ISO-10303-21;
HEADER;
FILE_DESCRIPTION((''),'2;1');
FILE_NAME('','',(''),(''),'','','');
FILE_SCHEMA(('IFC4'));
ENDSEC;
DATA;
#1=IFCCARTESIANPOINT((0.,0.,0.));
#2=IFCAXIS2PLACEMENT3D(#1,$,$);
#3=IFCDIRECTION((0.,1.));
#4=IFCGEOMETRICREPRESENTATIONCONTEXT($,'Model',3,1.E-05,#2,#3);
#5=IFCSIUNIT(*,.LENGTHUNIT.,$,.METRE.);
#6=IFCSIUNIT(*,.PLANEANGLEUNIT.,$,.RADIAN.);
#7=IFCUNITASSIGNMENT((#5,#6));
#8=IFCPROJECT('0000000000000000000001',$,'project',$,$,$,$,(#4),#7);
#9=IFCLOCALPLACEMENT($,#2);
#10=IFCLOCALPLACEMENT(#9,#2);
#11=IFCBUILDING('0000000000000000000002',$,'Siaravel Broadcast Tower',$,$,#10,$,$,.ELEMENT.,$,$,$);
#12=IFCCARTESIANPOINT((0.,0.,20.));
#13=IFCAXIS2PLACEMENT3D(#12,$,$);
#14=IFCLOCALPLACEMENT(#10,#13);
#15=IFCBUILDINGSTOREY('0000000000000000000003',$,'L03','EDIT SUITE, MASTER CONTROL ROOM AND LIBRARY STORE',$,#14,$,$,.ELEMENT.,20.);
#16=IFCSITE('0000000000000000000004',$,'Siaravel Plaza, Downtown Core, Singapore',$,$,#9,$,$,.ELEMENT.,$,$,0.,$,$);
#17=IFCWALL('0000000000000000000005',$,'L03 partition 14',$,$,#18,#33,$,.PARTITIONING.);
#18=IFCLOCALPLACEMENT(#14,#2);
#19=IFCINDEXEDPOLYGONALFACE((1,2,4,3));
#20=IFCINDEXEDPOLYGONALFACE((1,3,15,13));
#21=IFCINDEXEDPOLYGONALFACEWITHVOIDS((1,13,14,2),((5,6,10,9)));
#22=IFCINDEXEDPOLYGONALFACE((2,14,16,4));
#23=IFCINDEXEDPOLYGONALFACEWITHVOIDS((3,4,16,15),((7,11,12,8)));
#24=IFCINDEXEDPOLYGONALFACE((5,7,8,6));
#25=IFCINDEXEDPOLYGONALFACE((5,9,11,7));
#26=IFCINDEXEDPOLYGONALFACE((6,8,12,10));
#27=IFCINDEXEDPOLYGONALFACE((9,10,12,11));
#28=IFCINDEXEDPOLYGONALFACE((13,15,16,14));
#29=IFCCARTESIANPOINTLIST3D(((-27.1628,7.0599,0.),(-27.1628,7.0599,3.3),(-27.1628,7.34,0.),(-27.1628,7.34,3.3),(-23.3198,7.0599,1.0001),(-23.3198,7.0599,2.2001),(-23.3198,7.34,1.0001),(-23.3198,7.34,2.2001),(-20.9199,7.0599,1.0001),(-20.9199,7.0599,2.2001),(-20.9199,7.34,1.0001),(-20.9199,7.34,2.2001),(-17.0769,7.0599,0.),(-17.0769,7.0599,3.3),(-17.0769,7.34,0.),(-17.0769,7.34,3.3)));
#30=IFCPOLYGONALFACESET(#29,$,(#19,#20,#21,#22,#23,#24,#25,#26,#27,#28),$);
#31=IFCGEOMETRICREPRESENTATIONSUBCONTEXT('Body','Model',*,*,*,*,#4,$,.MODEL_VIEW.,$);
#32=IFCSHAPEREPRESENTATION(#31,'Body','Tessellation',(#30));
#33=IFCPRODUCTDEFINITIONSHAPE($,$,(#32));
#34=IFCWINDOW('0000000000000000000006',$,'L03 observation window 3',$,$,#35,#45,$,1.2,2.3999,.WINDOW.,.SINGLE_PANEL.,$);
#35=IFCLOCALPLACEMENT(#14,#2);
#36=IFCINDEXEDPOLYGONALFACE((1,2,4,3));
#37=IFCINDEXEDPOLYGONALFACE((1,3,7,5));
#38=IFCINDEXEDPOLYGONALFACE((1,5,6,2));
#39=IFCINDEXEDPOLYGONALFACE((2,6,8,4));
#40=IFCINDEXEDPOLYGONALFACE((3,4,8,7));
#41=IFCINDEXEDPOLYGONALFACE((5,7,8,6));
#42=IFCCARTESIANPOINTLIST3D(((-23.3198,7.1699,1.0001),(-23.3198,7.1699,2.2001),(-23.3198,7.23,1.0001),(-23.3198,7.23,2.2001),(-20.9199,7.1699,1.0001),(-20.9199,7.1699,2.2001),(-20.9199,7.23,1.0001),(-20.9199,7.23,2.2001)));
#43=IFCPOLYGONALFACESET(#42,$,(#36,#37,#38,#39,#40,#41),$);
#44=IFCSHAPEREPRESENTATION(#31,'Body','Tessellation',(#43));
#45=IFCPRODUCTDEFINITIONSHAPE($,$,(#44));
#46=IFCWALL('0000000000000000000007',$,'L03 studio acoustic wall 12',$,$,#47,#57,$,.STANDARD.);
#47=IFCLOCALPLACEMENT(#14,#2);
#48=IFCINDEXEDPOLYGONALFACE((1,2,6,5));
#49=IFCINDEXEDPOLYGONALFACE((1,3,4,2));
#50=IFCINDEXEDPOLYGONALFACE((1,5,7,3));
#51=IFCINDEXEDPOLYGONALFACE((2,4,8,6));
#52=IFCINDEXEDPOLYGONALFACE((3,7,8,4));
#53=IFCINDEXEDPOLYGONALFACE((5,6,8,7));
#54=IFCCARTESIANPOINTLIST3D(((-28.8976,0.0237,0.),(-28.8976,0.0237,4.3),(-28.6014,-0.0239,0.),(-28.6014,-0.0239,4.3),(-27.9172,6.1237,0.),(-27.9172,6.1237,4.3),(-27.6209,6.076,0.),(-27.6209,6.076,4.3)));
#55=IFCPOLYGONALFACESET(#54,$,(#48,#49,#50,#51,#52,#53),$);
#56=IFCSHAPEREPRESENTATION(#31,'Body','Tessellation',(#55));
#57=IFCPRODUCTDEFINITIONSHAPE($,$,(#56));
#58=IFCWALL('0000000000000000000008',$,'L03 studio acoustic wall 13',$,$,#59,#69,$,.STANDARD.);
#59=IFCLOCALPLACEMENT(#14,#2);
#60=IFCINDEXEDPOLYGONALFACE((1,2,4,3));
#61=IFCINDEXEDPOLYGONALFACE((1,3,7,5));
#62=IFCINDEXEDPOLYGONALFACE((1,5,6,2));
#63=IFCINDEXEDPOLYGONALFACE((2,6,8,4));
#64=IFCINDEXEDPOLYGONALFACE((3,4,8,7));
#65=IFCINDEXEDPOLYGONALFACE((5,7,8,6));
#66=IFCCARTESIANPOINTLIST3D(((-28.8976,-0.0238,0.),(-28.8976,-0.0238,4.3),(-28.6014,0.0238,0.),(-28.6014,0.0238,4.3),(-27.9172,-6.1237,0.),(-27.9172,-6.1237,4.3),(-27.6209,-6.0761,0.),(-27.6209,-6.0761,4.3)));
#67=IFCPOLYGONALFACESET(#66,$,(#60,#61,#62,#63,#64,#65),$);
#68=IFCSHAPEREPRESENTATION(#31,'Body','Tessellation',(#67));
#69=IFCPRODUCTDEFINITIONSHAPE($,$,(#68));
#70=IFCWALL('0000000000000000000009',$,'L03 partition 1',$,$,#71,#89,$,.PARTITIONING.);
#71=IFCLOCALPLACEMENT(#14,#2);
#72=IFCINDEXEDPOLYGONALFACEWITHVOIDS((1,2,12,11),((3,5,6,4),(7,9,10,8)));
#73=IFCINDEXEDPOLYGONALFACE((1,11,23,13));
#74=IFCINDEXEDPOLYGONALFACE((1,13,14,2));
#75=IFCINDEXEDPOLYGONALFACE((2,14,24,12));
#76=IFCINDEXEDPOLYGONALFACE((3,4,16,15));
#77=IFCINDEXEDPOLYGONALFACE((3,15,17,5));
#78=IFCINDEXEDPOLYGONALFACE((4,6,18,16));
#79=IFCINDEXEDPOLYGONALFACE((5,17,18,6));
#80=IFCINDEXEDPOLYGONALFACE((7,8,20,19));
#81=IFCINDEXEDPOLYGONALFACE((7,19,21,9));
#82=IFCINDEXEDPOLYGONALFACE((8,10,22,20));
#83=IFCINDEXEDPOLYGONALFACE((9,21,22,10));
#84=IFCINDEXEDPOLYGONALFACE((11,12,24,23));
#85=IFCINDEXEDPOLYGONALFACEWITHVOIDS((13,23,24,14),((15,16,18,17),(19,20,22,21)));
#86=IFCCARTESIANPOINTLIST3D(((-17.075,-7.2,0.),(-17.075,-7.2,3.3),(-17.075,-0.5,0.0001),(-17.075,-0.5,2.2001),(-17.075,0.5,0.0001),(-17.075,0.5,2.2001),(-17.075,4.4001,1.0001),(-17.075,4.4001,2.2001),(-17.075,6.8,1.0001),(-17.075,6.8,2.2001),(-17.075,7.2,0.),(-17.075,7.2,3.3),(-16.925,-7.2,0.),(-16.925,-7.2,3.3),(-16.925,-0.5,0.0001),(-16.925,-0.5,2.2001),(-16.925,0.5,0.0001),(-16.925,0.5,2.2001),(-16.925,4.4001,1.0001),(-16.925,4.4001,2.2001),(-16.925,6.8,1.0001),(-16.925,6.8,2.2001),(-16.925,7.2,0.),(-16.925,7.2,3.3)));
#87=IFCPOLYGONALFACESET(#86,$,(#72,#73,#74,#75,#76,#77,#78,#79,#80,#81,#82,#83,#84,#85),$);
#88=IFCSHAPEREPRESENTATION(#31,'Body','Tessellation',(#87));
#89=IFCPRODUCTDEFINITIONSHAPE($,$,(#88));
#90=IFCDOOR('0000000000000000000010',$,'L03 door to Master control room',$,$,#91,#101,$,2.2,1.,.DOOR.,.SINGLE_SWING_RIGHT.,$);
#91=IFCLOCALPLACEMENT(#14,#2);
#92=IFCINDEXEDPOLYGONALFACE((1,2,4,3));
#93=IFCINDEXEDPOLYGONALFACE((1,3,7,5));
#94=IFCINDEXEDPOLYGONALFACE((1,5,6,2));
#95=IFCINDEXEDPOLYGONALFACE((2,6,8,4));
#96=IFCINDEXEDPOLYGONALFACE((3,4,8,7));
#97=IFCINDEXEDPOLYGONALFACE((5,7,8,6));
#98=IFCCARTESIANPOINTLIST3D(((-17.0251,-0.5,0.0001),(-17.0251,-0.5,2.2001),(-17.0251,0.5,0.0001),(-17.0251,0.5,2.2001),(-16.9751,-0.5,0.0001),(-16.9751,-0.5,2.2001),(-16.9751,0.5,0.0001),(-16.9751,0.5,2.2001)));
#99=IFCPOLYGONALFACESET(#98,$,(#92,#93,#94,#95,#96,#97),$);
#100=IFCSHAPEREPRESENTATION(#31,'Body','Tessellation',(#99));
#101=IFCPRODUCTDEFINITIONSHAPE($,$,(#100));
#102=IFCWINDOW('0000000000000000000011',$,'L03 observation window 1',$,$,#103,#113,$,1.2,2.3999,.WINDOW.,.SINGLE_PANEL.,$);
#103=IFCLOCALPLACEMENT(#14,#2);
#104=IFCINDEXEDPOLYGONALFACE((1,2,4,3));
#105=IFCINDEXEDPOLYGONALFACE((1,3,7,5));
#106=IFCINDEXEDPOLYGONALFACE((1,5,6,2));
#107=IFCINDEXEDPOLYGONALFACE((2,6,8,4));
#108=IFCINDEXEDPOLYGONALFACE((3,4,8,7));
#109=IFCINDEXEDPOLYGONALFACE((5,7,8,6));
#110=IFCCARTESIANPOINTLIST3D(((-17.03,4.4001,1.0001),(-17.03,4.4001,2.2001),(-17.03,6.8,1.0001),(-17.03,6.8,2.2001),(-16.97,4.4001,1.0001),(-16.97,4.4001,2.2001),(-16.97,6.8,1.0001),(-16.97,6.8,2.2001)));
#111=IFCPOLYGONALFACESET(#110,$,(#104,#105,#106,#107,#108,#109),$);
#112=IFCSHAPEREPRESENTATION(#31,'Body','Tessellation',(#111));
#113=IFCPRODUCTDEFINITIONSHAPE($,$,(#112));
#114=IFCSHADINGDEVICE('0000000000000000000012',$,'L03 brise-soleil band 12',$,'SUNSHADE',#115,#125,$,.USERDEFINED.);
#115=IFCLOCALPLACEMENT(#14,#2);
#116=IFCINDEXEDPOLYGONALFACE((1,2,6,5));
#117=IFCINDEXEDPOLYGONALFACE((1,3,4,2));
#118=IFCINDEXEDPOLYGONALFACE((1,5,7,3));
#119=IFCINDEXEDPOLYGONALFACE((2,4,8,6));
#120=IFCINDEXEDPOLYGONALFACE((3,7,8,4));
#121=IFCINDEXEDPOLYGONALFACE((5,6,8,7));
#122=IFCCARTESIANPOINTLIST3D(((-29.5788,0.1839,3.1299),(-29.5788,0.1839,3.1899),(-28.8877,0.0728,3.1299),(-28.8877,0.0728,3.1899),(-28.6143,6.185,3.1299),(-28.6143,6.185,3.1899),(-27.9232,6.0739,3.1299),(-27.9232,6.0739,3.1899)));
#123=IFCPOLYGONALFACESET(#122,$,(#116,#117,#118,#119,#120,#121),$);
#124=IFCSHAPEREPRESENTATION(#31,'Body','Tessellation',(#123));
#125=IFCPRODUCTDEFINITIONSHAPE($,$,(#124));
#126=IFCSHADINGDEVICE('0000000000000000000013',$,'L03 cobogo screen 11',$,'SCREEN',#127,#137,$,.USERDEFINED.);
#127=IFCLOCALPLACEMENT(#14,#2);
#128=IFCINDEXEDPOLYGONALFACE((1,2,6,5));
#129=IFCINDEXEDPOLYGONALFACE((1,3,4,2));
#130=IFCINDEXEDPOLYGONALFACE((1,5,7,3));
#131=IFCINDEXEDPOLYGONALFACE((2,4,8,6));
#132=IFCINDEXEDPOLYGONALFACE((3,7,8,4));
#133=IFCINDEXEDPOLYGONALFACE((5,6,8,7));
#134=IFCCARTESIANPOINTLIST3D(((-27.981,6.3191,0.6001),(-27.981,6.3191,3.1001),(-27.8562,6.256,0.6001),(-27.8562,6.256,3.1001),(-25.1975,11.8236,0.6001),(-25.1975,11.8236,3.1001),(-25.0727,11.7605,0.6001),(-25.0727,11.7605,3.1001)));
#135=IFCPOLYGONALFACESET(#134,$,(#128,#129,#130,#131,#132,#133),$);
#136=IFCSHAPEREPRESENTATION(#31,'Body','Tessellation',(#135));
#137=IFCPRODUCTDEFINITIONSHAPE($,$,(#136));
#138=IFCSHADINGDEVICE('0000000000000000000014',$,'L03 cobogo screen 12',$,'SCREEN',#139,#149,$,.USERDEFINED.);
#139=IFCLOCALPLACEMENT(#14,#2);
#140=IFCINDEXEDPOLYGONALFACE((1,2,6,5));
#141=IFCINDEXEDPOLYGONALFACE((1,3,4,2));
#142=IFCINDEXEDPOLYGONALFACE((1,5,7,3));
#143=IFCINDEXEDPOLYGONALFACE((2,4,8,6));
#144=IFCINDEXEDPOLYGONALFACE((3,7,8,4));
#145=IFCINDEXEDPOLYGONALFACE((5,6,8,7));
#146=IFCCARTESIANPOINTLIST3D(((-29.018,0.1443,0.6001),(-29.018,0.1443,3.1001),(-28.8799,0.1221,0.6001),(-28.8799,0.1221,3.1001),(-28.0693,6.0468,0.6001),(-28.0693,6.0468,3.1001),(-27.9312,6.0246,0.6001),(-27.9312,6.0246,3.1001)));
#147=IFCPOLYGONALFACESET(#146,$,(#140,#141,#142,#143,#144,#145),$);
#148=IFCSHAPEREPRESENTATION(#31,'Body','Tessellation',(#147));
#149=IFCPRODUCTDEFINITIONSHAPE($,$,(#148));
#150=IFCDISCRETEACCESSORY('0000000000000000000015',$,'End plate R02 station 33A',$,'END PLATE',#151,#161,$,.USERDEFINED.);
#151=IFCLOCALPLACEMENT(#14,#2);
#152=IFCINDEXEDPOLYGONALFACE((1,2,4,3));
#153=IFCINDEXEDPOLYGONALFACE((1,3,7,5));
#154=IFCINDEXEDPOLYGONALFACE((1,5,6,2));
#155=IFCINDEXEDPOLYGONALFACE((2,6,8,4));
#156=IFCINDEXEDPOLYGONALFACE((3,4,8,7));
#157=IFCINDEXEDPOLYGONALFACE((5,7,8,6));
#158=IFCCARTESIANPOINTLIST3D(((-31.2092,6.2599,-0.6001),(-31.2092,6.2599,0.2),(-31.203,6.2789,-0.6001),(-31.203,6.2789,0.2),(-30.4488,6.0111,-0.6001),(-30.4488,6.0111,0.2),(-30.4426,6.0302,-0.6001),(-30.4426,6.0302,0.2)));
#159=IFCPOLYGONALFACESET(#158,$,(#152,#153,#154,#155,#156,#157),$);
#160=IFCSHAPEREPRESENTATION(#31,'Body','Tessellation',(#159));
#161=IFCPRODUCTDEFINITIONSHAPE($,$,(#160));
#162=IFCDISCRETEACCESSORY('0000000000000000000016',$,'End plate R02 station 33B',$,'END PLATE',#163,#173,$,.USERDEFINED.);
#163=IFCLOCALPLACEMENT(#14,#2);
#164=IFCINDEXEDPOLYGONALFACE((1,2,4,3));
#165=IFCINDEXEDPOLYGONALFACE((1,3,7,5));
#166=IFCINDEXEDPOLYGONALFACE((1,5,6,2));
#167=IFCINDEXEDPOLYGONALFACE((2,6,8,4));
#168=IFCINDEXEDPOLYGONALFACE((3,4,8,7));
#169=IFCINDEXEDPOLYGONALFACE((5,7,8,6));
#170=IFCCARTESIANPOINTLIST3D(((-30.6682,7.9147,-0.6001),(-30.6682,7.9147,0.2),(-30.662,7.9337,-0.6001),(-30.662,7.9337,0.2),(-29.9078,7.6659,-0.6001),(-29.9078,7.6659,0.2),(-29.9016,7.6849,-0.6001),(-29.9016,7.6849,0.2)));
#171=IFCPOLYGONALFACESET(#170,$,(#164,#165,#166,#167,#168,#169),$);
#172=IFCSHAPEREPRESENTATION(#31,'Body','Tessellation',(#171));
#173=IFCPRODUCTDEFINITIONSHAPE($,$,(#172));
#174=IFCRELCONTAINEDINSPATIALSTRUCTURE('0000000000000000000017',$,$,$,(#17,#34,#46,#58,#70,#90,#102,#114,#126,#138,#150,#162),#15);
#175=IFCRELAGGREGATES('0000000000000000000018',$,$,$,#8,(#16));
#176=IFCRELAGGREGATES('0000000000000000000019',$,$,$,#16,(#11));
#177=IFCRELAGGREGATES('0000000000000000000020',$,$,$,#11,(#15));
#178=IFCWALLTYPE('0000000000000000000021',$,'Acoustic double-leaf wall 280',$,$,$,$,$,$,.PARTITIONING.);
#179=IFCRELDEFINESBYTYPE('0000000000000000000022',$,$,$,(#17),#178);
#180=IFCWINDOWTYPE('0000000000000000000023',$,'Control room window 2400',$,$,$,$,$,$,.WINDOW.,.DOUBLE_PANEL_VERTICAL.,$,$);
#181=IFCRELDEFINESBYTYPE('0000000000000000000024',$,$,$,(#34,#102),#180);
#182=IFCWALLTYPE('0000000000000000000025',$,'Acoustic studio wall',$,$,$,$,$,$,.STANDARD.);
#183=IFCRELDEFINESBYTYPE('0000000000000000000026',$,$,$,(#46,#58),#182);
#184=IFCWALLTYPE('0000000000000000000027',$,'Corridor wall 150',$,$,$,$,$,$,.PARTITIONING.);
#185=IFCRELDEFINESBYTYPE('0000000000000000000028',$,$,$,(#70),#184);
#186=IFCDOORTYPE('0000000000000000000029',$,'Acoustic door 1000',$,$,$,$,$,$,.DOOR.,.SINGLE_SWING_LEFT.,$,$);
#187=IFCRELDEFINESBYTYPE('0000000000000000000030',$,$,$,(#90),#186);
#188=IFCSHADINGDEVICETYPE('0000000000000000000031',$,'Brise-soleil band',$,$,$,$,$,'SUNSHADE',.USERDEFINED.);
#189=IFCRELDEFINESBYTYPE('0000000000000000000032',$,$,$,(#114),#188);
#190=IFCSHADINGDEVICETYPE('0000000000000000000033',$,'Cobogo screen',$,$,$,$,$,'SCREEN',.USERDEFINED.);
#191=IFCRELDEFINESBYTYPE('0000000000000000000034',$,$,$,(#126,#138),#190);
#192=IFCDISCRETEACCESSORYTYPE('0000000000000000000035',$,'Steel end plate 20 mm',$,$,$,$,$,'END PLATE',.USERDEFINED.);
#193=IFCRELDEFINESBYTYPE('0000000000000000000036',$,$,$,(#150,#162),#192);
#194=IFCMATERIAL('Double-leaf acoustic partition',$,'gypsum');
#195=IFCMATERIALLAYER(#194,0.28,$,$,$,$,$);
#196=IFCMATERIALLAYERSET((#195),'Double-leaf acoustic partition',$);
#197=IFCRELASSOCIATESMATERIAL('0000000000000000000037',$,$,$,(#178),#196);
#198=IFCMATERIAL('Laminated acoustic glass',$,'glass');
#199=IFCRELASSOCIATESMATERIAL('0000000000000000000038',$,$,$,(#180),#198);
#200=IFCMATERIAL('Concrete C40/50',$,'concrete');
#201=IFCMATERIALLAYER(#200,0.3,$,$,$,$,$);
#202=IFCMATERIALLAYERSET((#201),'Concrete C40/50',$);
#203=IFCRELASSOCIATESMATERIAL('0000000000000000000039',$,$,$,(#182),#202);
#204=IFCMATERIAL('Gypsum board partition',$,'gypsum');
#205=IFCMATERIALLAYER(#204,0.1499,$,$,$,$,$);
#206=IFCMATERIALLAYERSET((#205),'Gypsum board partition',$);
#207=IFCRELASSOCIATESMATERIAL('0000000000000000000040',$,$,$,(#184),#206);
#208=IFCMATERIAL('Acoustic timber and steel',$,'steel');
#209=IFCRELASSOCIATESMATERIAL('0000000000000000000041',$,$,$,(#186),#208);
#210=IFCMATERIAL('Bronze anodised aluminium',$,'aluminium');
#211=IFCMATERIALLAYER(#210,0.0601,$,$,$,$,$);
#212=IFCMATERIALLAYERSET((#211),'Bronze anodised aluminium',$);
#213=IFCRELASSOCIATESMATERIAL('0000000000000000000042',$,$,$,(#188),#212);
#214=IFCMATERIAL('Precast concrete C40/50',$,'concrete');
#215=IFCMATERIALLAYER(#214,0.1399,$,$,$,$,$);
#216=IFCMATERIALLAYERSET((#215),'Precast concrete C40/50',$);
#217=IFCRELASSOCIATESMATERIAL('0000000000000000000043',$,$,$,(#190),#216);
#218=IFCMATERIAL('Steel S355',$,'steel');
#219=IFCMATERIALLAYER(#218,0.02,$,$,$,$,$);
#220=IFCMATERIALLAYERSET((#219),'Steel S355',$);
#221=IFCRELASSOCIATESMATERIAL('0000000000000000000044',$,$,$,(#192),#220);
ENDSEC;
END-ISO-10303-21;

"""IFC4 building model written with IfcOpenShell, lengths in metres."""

from ifc_helpers import new_model, si_unit, direction, frame, frame_2d, origin, origin_2d, place, context, subcontext, project, spatial, rectangle, extrude, material, layer, layer_set, type_object, element, fill, save


model = new_model("IFC4")

# Units and contexts
model_context = context("Model", 3, precision=1e-05, world=origin(), true_north=direction((0.0, 1.0)))
body_context = subcontext(model_context, "Body", "Model", "MODEL_VIEW")
ifc_project = project(units=[si_unit("LENGTHUNIT", "METRE"), si_unit("PLANEANGLEUNIT", "RADIAN")], contexts=[model_context])

# Site, building, storey
site_placement = place(None, origin())
site = spatial("IfcSite", under=ifc_project, at=site_placement, Name="Siaravel Plaza, Downtown Core, Singapore", CompositionType="ELEMENT", RefElevation=0.0)
building_placement = place(site_placement, origin())
building = spatial("IfcBuilding", under=site, at=building_placement, Name="Siaravel Broadcast Tower", CompositionType="ELEMENT")
storey_placement = place(building_placement, frame((0.0, 0.0, 20.0)))
storey = spatial("IfcBuildingStorey", under=building, at=storey_placement, Name="L03", Description="EDIT SUITE, MASTER CONTROL ROOM AND LIBRARY STORE", CompositionType="ELEMENT", Elevation=20.0)

# Shared definitions
ifc_material_1 = material(Name="Steel S355", Category="steel")

# Wall, opening, window
ifc_material_2 = material(Name="Double-leaf acoustic partition", Category="gypsum")
ifc_layer_1 = layer(ifc_material_2, 0.28)
ifc_layer_set_1 = layer_set([ifc_layer_1], Name="Double-leaf acoustic partition")
wall_type_1 = type_object("IfcWallType", Name="Acoustic double-leaf wall 280", PredefinedType="PARTITIONING", material=ifc_layer_set_1)
wall_1_placement = place(storey_placement, frame((-17.0769, 7.2, 0.0), z_axis=(0.0, 0.0, 1.0), x_axis=(-1.0, 0.0, 0.0)))
wall_1 = element("IfcWall", 1, at=wall_1_placement, inside=storey, type_object=wall_type_1, Name="L03 partition 14", PredefinedType="PARTITIONING", context=body_context, shape_type="SweptSolid", body=[
    extrude(rectangle(XDim=10.0859, YDim=0.28, at=frame_2d((5.043, 0.0))), origin(), (0.0, 0.0, 1.0), 3.3),
])
opening_1_placement = place(wall_1_placement, frame((3.843, 0.0, 1.0)))
opening_1 = element("IfcOpeningElement", 2, at=opening_1_placement, cuts=wall_1, PredefinedType="OPENING", context=body_context, shape_type="SweptSolid", body=[
    extrude(rectangle(XDim=2.3999, YDim=1.2, at=frame_2d((1.2, 0.6001))), frame((0.0, 0.1499, 0.0), z_axis=(0.0, -1.0, 0.0), x_axis=(1.0, 0.0, 0.0)), (0.0, 0.0, 1.0), 0.3),
])
ifc_material_3 = material(Name="Laminated acoustic glass", Category="glass")
window_type = type_object("IfcWindowType", Name="Control room window 2400", PartitioningType="DOUBLE_PANEL_VERTICAL", PredefinedType="WINDOW", material=ifc_material_3)
window_1_placement = place(opening_1_placement, origin())
window_1 = element("IfcWindow", 3, at=window_1_placement, inside=storey, type_object=window_type, Name="L03 observation window 3", OverallHeight=1.2, OverallWidth=2.3999, PartitioningType="SINGLE_PANEL", PredefinedType="WINDOW", context=body_context, shape_type="SweptSolid", body=[
    extrude(rectangle(XDim=2.3999, YDim=1.2, at=frame_2d((1.2, 0.6001))), frame((0.0, 0.03, 0.0), z_axis=(0.0, -1.0, 0.0), x_axis=(1.0, 0.0, 0.0)), (0.0, 0.0, 1.0), 0.0601),
])
fill(opening_1, window_1)

# Walls
ifc_material_4 = material(Name="Concrete C40/50", Category="concrete")
ifc_layer_2 = layer(ifc_material_4, 0.3)
ifc_layer_set_2 = layer_set([ifc_layer_2], Name="Concrete C40/50")
wall_type_2 = type_object("IfcWallType", Name="Acoustic studio wall", PredefinedType="STANDARD", material=ifc_layer_set_2)
for number, where, z_axis, x_axis, name in (
    (4, (-27.769, 6.0999, 0.0), (0.0, 0.0, 1.0), (-0.158699, -0.987327, 0.0), "L03 studio acoustic wall 12"),
    (5, (-28.7495, 0.0, 0.0), (0.0, 0.0, 1.0), (0.158699, -0.987327, 0.0), "L03 studio acoustic wall 13"),
):
    element("IfcWall", number, at=place(storey_placement, frame(where, z_axis=z_axis, x_axis=x_axis)), inside=storey, type_object=wall_type_2, Name=name, PredefinedType="STANDARD", context=body_context, shape_type="SweptSolid", body=[
        extrude(rectangle(XDim=6.1782, YDim=0.3, at=frame_2d((3.0891, 0.0))), origin(), (0.0, 0.0, 1.0), 4.3),
    ])

# Wall, openings, door, window
ifc_material_5 = material(Name="Gypsum board partition", Category="gypsum")
ifc_layer_3 = layer(ifc_material_5, 0.1499)
ifc_layer_set_3 = layer_set([ifc_layer_3], Name="Gypsum board partition")
wall_type_3 = type_object("IfcWallType", Name="Corridor wall 150", PredefinedType="PARTITIONING", material=ifc_layer_set_3)
wall_2_placement = place(storey_placement, frame((-17.0, 7.2, 0.0), z_axis=(0.0, 0.0, 1.0), x_axis=(0.0, -1.0, 0.0)))
wall_2 = element("IfcWall", 6, at=wall_2_placement, inside=storey, type_object=wall_type_3, Name="L03 partition 1", PredefinedType="PARTITIONING", context=body_context, shape_type="SweptSolid", body=[
    extrude(rectangle(XDim=14.3999, YDim=0.1499, at=frame_2d((7.2, 0.0))), origin(), (0.0, 0.0, 1.0), 3.3),
])
opening_2_placement = place(wall_2_placement, frame((6.7, 0.0, 0.0)))
opening_2 = element("IfcOpeningElement", 7, at=opening_2_placement, cuts=wall_2, PredefinedType="OPENING", context=body_context, shape_type="SweptSolid", body=[
    extrude(rectangle(XDim=1.0, YDim=2.2, at=frame_2d((0.5, 1.1001))), frame((0.0, 0.085, 0.0), z_axis=(0.0, -1.0, 0.0), x_axis=(1.0, 0.0, 0.0)), (0.0, 0.0, 1.0), 0.1699),
])
opening_3_placement = place(wall_2_placement, frame((0.3999, 0.0, 1.0)))
opening_3 = element("IfcOpeningElement", 8, at=opening_3_placement, cuts=wall_2, PredefinedType="OPENING", context=body_context, shape_type="SweptSolid", body=[
    extrude(rectangle(XDim=2.3999, YDim=1.2, at=frame_2d((1.2, 0.6001))), frame((0.0, 0.085, 0.0), z_axis=(0.0, -1.0, 0.0), x_axis=(1.0, 0.0, 0.0)), (0.0, 0.0, 1.0), 0.1699),
])
ifc_material_6 = material(Name="Acoustic timber and steel", Category="steel")
door_type = type_object("IfcDoorType", Name="Acoustic door 1000", OperationType="SINGLE_SWING_LEFT", PredefinedType="DOOR", material=ifc_material_6)
door_placement = place(opening_2_placement, origin())
door = element("IfcDoor", 9, at=door_placement, inside=storey, type_object=door_type, Name="L03 door to Master control room", OperationType="SINGLE_SWING_RIGHT", OverallHeight=2.2, OverallWidth=1.0, PredefinedType="DOOR", context=body_context, shape_type="SweptSolid", body=[
    extrude(rectangle(XDim=1.0, YDim=2.2, at=frame_2d((0.5, 1.1001))), frame((0.0, 0.0249, 0.0), z_axis=(0.0, -1.0, 0.0), x_axis=(1.0, 0.0, 0.0)), (0.0, 0.0, 1.0), 0.05),
])
fill(opening_2, door)
window_2_placement = place(opening_3_placement, origin())
window_2 = element("IfcWindow", 10, at=window_2_placement, inside=storey, type_object=window_type, Name="L03 observation window 1", OverallHeight=1.2, OverallWidth=2.3999, PartitioningType="SINGLE_PANEL", PredefinedType="WINDOW", context=body_context, shape_type="SweptSolid", body=[
    extrude(rectangle(XDim=2.3999, YDim=1.2, at=frame_2d((1.2, 0.6001))), frame((0.0, 0.03, 0.0), z_axis=(0.0, -1.0, 0.0), x_axis=(1.0, 0.0, 0.0)), (0.0, 0.0, 1.0), 0.0601),
])
fill(opening_3, window_2)

# Shading devices
ifc_material_7 = material(Name="Bronze anodised aluminium", Category="aluminium")
ifc_layer_4 = layer(ifc_material_7, 0.0601)
ifc_layer_set_4 = layer_set([ifc_layer_4], Name="Bronze anodised aluminium")
shading_device_type_1 = type_object("IfcShadingDeviceType", Name="Brise-soleil band", ElementType="SUNSHADE", PredefinedType="USERDEFINED", material=ifc_layer_set_4)
shading_device_1_placement = place(storey_placement, frame((-28.751, 3.1289, 3.1299), z_axis=(0.0, 0.0, 1.0), x_axis=(-0.158685, -0.987329, 0.0)))
element("IfcShadingDevice", 11, at=shading_device_1_placement, inside=storey, type_object=shading_device_type_1, Name="L03 brise-soleil band 12", ObjectType="SUNSHADE", PredefinedType="USERDEFINED", context=body_context, shape_type="SweptSolid", body=[
    extrude(rectangle(XDim=6.0781, YDim=0.7, at=origin_2d()), origin(), (0.0, 0.0, 1.0), 0.0601),
])
ifc_material_8 = material(Name="Precast concrete C40/50", Category="concrete")
ifc_layer_5 = layer(ifc_material_8, 0.1399)
ifc_layer_set_5 = layer_set([ifc_layer_5], Name="Precast concrete C40/50")
shading_device_type_2 = type_object("IfcShadingDeviceType", Name="Cobogo screen", ElementType="SCREEN", PredefinedType="USERDEFINED", material=ifc_layer_set_5)
shading_device_2_placement = place(storey_placement, frame((-26.5269, 9.0398, 0.6001), z_axis=(0.0, 0.0, 1.0), x_axis=(-0.451262, -0.892391, 0.0)))
element("IfcShadingDevice", 12, at=shading_device_2_placement, inside=storey, type_object=shading_device_type_2, Name="L03 cobogo screen 11", ObjectType="SCREEN", PredefinedType="USERDEFINED", context=body_context, shape_type="SweptSolid", body=[
    extrude(rectangle(XDim=6.1682, YDim=0.1399, at=origin_2d()), origin(), (0.0, 0.0, 1.0), 2.5),
])
shading_device_3_placement = place(storey_placement, frame((-28.4746, 3.0845, 0.6001), z_axis=(0.0, 0.0, 1.0), x_axis=(-0.158685, -0.987329, 0.0)))
element("IfcShadingDevice", 13, at=shading_device_3_placement, inside=storey, type_object=shading_device_type_2, Name="L03 cobogo screen 12", ObjectType="SCREEN", PredefinedType="USERDEFINED", context=body_context, shape_type="SweptSolid", body=[
    extrude(rectangle(XDim=5.9783, YDim=0.1399, at=origin_2d()), origin(), (0.0, 0.0, 1.0), 2.5),
])

# Discrete accessories
ifc_layer_6 = layer(ifc_material_1, 0.02)
ifc_layer_set_6 = layer_set([ifc_layer_6], Name="Steel S355")
discrete_accessory_type = type_object("IfcDiscreteAccessoryType", Name="Steel end plate 20 mm", ElementType="END PLATE", PredefinedType="USERDEFINED", material=ifc_layer_set_6)
for number, where, z_axis, x_axis, name in (
    (14, (-30.8259, 6.145, -0.6001), (0.0, 0.0, 1.0), (-0.310909, -0.95044, 0.0), "End plate R02 station 33A"),
    (15, (-30.2849, 7.7998, -0.6001), (0.0, 0.0, 1.0), (-0.310909, -0.95044, 0.0), "End plate R02 station 33B"),
):
    element("IfcDiscreteAccessory", number, at=place(storey_placement, frame(where, z_axis=z_axis, x_axis=x_axis)), inside=storey, type_object=discrete_accessory_type, Name=name, ObjectType="END PLATE", PredefinedType="USERDEFINED", context=body_context, shape_type="SweptSolid", body=[
        extrude(rectangle(XDim=0.02, YDim=0.8, at=origin_2d()), origin(), (0.0, 0.0, 1.0), 0.8),
    ])

save(model, "model.ifc")
